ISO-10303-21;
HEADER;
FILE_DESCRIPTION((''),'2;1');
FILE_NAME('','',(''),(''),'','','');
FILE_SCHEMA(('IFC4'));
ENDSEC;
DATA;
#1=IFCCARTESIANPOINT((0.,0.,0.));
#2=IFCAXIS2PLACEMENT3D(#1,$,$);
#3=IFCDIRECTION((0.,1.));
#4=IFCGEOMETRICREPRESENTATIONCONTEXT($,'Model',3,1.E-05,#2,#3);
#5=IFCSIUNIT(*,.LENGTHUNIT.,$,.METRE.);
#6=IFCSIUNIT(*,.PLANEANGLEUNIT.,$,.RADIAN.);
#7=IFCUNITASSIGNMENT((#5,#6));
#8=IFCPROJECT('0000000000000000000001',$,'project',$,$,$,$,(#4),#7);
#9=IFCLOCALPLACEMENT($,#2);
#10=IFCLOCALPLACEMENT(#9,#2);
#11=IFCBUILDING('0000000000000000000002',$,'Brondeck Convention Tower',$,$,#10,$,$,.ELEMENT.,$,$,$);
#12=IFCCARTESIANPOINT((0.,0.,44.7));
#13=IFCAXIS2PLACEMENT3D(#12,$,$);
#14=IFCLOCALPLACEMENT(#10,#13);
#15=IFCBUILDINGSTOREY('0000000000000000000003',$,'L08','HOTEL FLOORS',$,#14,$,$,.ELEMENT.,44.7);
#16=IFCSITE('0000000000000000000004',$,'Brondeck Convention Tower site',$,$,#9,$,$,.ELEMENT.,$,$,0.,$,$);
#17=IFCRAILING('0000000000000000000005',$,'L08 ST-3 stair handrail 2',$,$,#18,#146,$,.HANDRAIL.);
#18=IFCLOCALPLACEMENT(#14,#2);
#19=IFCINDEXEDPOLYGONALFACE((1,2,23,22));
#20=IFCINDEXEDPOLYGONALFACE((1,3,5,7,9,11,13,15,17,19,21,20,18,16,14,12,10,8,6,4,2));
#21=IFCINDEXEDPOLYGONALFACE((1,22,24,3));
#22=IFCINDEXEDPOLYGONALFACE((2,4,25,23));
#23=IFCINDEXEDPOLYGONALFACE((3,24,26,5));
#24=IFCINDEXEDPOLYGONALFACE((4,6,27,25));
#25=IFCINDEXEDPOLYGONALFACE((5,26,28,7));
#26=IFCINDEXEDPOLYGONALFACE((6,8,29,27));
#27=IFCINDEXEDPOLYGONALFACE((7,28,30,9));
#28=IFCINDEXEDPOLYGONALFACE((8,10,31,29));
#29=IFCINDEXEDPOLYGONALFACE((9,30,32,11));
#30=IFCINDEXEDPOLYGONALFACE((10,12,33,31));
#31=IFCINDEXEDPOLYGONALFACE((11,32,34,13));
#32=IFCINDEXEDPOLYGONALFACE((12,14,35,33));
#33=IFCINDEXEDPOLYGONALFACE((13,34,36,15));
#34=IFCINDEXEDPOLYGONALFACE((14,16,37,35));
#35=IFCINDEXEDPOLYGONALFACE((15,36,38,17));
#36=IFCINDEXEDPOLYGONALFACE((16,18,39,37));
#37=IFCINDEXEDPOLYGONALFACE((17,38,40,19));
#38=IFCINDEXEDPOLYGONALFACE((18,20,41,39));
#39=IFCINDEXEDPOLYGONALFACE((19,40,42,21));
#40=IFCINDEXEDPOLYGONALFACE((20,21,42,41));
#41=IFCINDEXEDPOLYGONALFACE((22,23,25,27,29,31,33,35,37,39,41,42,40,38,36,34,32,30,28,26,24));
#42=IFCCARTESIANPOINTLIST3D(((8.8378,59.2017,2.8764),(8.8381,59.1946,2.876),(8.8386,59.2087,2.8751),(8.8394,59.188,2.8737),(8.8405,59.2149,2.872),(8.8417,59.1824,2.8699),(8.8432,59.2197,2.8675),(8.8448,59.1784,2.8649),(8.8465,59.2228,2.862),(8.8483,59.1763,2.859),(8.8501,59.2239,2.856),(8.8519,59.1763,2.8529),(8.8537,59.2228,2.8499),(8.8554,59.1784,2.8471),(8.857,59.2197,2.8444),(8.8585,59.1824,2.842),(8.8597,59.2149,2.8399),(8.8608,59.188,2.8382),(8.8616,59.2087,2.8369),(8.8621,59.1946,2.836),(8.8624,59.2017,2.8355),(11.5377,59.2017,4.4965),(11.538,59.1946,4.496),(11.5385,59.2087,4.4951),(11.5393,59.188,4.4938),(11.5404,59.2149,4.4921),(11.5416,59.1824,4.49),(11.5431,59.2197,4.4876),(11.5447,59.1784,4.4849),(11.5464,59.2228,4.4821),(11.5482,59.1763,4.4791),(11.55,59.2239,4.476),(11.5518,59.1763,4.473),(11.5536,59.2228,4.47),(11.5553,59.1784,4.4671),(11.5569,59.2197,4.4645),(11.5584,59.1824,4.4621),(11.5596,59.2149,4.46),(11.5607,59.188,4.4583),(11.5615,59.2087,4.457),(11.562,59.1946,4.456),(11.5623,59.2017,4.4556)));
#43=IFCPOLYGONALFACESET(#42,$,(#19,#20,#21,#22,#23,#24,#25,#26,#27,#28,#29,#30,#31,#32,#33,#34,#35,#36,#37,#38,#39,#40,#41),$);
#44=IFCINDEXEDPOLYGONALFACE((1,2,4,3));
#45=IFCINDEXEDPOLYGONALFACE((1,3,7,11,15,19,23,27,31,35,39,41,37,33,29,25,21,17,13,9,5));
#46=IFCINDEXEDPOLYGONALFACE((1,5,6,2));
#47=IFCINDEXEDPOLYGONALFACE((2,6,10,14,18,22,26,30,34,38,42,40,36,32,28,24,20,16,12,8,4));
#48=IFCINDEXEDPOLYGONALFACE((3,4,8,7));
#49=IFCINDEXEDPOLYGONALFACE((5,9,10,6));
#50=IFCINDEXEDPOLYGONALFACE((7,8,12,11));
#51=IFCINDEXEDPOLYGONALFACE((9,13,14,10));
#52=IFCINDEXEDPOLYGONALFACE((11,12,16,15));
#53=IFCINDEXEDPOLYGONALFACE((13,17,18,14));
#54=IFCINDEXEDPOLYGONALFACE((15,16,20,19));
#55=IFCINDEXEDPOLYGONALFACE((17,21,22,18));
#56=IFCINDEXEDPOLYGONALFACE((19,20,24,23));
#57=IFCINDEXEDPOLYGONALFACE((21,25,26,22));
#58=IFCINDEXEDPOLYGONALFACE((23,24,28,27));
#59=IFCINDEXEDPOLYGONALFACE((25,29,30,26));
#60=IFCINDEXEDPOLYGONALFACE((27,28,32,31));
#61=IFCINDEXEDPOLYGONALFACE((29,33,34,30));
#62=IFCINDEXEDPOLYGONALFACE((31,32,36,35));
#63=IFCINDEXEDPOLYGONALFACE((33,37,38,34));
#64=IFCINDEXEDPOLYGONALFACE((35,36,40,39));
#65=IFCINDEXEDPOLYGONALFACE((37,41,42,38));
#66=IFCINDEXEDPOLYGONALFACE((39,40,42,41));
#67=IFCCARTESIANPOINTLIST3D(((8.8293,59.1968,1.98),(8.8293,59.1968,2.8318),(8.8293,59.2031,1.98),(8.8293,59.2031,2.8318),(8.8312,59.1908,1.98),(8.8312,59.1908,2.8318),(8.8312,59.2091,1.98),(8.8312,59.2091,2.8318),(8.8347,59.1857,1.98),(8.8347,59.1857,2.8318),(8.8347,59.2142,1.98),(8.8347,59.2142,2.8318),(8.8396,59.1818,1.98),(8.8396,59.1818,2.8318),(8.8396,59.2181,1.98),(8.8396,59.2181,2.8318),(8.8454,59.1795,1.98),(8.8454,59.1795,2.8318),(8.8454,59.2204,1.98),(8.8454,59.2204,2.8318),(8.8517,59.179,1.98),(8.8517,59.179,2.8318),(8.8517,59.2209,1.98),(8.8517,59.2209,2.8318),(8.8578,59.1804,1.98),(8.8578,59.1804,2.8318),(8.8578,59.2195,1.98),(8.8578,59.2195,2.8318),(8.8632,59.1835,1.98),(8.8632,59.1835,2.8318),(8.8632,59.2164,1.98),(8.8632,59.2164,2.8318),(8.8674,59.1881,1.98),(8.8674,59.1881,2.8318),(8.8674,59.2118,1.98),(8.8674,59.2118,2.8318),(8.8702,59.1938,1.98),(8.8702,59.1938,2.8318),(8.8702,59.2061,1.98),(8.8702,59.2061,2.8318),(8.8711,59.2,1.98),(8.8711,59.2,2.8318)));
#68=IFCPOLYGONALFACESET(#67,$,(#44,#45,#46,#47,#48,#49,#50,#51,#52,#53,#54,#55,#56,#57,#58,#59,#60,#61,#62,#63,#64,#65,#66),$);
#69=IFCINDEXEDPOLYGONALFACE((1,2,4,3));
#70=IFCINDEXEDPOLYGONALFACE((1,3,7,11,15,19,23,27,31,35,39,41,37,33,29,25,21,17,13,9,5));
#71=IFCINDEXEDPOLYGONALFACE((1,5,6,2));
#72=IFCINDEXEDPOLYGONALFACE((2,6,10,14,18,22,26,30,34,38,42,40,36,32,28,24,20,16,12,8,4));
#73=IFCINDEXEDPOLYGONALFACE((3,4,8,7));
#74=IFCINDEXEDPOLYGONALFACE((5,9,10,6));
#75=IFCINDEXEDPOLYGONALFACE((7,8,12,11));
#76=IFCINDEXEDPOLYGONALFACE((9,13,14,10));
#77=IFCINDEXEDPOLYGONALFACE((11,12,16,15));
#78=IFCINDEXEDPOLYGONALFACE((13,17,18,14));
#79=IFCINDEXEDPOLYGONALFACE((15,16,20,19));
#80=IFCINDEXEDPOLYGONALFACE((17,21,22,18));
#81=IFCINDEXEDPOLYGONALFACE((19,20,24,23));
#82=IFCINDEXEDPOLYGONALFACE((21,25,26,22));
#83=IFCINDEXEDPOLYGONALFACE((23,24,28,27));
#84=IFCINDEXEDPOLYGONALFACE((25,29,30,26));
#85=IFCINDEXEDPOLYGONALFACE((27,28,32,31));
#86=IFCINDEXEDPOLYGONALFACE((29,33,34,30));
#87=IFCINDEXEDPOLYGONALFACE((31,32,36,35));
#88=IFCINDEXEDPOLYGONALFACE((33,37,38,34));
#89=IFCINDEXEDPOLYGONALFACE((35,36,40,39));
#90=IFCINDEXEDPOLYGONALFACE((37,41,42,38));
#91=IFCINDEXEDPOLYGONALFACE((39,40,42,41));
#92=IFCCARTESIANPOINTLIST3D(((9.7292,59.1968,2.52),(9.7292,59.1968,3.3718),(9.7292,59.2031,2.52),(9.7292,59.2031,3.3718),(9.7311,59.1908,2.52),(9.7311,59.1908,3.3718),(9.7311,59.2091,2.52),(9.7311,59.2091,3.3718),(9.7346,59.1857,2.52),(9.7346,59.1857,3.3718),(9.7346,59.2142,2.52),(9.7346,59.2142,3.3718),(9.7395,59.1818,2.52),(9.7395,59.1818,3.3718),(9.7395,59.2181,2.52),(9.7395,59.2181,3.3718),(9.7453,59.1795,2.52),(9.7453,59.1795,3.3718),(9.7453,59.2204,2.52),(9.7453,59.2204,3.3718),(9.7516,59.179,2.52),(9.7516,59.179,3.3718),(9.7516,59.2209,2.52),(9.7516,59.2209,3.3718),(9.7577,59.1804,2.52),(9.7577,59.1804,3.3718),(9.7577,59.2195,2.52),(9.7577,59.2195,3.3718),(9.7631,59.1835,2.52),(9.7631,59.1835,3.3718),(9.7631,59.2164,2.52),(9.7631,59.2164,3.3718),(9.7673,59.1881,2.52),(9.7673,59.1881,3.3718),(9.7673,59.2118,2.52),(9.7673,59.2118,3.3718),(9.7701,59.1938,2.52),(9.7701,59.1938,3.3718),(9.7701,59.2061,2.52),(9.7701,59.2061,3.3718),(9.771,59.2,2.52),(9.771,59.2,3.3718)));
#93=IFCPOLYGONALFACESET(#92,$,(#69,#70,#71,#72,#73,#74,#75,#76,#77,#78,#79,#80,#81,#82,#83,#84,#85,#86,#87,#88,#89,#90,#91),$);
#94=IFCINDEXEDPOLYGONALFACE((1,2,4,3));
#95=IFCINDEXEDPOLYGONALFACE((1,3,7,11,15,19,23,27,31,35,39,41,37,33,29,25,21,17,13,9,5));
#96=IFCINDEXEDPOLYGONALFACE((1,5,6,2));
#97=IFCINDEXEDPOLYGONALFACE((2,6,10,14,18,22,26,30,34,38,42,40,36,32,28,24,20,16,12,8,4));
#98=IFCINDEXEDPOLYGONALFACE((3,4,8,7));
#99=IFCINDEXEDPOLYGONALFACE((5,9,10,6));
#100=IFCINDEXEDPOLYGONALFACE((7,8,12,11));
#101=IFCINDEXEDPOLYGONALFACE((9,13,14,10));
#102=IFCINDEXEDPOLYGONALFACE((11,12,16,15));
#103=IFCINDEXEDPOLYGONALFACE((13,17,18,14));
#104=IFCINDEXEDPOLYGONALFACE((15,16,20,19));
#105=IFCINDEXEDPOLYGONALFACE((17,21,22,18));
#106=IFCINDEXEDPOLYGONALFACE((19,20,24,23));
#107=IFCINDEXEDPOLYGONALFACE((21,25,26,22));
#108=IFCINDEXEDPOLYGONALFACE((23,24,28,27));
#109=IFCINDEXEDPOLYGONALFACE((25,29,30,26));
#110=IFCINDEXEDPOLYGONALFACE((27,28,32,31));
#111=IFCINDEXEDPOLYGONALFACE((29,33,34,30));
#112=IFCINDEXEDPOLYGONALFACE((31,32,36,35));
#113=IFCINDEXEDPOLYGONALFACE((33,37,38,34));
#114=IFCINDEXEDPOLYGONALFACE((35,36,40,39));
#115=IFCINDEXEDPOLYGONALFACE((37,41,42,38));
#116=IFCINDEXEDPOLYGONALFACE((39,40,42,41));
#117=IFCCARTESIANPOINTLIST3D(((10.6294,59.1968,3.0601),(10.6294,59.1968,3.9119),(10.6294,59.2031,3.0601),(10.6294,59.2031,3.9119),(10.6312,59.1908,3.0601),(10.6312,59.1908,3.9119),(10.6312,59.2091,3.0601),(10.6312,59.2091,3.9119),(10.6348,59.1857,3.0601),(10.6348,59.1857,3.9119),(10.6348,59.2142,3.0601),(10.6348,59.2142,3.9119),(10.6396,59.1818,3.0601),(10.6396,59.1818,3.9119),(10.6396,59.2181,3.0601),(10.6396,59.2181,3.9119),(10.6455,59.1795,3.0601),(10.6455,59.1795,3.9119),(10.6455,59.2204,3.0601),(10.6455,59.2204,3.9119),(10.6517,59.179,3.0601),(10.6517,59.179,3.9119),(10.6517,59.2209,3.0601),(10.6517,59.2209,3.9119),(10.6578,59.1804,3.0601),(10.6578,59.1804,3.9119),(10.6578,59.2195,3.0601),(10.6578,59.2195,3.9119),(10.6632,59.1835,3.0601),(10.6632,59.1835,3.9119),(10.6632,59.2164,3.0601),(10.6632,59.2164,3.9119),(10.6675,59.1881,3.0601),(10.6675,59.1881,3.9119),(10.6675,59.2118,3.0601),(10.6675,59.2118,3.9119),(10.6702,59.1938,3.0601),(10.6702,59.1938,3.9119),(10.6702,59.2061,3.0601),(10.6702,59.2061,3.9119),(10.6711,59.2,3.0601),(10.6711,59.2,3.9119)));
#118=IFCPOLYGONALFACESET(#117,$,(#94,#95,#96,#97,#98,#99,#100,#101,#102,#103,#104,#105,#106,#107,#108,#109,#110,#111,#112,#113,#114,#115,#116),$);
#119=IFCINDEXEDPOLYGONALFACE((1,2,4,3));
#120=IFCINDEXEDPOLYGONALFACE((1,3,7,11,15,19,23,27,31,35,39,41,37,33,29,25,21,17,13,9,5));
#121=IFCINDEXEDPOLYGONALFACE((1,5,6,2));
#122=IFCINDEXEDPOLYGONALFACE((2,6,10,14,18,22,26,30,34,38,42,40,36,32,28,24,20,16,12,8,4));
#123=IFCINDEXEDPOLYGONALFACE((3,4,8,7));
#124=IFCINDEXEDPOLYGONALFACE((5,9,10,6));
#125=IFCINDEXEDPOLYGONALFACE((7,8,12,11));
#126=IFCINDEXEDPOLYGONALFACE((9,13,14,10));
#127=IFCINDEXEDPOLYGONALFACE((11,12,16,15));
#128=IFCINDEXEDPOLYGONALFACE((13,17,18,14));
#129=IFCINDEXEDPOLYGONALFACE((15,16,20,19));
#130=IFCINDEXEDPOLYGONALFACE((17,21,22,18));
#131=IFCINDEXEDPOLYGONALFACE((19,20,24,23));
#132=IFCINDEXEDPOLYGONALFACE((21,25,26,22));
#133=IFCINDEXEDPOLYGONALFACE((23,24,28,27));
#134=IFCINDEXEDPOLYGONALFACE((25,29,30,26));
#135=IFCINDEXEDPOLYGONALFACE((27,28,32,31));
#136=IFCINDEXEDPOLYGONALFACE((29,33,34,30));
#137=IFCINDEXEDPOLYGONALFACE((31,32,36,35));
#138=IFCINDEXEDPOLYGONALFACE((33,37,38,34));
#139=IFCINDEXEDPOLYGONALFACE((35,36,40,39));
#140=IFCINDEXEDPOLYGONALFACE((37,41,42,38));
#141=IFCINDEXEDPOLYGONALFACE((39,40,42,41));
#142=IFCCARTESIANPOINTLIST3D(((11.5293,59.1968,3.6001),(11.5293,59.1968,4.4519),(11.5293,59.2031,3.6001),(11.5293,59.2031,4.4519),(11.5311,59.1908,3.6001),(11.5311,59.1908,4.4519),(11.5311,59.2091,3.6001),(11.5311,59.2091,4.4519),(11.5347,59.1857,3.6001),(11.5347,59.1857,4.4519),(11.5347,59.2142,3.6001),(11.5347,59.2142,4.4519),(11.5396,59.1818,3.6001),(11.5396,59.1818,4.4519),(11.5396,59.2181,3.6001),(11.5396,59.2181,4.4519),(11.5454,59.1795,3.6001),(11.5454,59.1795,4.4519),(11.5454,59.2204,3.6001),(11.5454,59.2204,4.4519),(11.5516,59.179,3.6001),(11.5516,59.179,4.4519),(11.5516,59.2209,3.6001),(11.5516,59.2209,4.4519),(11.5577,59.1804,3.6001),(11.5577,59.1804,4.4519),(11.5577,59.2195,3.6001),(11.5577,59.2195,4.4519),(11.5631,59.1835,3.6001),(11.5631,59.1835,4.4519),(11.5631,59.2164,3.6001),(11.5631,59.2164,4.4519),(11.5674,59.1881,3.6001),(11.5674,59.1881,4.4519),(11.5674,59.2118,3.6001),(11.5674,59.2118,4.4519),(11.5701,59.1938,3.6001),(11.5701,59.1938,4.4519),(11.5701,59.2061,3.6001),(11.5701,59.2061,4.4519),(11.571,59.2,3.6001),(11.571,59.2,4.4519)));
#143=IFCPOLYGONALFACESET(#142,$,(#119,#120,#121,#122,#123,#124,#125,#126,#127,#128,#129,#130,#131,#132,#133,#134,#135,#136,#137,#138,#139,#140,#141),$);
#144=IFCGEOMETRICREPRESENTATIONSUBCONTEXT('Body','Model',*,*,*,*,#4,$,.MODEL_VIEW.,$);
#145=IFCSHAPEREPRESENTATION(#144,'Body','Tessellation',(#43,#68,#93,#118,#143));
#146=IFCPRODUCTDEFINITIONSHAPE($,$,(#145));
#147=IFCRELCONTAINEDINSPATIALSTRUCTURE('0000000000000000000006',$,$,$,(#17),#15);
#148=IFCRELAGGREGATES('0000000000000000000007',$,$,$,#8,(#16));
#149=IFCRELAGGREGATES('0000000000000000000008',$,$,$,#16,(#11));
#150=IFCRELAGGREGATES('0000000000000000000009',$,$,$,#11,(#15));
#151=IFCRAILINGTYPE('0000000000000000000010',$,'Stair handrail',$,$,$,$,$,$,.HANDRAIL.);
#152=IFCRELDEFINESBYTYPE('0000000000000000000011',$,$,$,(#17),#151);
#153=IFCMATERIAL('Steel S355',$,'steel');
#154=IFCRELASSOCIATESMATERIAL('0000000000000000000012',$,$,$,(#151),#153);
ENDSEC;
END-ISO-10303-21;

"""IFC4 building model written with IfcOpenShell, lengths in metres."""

from ifc_helpers import new_model, si_unit, direction, frame, origin, origin_2d, place, context, subcontext, project, spatial, circle, extrude, material, type_object, element, save


model = new_model("IFC4")

# Units and contexts
model_context = context("Model", 3, precision=1e-05, world=origin(), true_north=direction((0.0, 1.0)))
body_context = subcontext(model_context, "Body", "Model", "MODEL_VIEW")
ifc_project = project(units=[si_unit("LENGTHUNIT", "METRE"), si_unit("PLANEANGLEUNIT", "RADIAN")], contexts=[model_context])

# Site, building, storey
site_placement = place(None, origin())
site = spatial("IfcSite", under=ifc_project, at=site_placement, Name="Brondeck Convention Tower site", CompositionType="ELEMENT", RefElevation=0.0)
building_placement = place(site_placement, origin())
building = spatial("IfcBuilding", under=site, at=building_placement, Name="Brondeck Convention Tower", CompositionType="ELEMENT")
storey_placement = place(building_placement, frame((0.0, 0.0, 44.7)))
storey = spatial("IfcBuildingStorey", under=building, at=storey_placement, Name="L08", Description="HOTEL FLOORS", CompositionType="ELEMENT", Elevation=44.7)

# Railing
ifc_material_1 = material(Name="Steel S355", Category="steel")
railing_type = type_object("IfcRailingType", Name="Stair handrail", PredefinedType="HANDRAIL", material=ifc_material_1)
railing_placement = place(storey_placement, frame((8.8501, 59.2, 1.98)))
element("IfcRailing", 1, at=railing_placement, inside=storey, type_object=railing_type, Name="L08 ST-3 stair handrail 2", PredefinedType="HANDRAIL", context=body_context, shape_type="SweptSolid", body=[
    extrude(circle(Radius=0.0239, at=origin_2d()), frame((0.0, 0.0, 0.876), z_axis=(0.857472, 0.0, 0.51453), x_axis=(0.0, 1.0, 0.0)), (0.0, 0.0, 1.0), 3.1487),
    extrude(circle(Radius=0.021, at=origin_2d()), origin(), (0.0, 0.0, 1.0), 0.8518),
    extrude(circle(Radius=0.021, at=origin_2d()), frame((0.8999, 0.0, 0.54)), (0.0, 0.0, 1.0), 0.8518),
    extrude(circle(Radius=0.021, at=origin_2d()), frame((1.8, 0.0, 1.0801)), (0.0, 0.0, 1.0), 0.8518),
    extrude(circle(Radius=0.021, at=origin_2d()), frame((2.7, 0.0, 1.6201)), (0.0, 0.0, 1.0), 0.8518),
])

save(model, "model.ifc")
